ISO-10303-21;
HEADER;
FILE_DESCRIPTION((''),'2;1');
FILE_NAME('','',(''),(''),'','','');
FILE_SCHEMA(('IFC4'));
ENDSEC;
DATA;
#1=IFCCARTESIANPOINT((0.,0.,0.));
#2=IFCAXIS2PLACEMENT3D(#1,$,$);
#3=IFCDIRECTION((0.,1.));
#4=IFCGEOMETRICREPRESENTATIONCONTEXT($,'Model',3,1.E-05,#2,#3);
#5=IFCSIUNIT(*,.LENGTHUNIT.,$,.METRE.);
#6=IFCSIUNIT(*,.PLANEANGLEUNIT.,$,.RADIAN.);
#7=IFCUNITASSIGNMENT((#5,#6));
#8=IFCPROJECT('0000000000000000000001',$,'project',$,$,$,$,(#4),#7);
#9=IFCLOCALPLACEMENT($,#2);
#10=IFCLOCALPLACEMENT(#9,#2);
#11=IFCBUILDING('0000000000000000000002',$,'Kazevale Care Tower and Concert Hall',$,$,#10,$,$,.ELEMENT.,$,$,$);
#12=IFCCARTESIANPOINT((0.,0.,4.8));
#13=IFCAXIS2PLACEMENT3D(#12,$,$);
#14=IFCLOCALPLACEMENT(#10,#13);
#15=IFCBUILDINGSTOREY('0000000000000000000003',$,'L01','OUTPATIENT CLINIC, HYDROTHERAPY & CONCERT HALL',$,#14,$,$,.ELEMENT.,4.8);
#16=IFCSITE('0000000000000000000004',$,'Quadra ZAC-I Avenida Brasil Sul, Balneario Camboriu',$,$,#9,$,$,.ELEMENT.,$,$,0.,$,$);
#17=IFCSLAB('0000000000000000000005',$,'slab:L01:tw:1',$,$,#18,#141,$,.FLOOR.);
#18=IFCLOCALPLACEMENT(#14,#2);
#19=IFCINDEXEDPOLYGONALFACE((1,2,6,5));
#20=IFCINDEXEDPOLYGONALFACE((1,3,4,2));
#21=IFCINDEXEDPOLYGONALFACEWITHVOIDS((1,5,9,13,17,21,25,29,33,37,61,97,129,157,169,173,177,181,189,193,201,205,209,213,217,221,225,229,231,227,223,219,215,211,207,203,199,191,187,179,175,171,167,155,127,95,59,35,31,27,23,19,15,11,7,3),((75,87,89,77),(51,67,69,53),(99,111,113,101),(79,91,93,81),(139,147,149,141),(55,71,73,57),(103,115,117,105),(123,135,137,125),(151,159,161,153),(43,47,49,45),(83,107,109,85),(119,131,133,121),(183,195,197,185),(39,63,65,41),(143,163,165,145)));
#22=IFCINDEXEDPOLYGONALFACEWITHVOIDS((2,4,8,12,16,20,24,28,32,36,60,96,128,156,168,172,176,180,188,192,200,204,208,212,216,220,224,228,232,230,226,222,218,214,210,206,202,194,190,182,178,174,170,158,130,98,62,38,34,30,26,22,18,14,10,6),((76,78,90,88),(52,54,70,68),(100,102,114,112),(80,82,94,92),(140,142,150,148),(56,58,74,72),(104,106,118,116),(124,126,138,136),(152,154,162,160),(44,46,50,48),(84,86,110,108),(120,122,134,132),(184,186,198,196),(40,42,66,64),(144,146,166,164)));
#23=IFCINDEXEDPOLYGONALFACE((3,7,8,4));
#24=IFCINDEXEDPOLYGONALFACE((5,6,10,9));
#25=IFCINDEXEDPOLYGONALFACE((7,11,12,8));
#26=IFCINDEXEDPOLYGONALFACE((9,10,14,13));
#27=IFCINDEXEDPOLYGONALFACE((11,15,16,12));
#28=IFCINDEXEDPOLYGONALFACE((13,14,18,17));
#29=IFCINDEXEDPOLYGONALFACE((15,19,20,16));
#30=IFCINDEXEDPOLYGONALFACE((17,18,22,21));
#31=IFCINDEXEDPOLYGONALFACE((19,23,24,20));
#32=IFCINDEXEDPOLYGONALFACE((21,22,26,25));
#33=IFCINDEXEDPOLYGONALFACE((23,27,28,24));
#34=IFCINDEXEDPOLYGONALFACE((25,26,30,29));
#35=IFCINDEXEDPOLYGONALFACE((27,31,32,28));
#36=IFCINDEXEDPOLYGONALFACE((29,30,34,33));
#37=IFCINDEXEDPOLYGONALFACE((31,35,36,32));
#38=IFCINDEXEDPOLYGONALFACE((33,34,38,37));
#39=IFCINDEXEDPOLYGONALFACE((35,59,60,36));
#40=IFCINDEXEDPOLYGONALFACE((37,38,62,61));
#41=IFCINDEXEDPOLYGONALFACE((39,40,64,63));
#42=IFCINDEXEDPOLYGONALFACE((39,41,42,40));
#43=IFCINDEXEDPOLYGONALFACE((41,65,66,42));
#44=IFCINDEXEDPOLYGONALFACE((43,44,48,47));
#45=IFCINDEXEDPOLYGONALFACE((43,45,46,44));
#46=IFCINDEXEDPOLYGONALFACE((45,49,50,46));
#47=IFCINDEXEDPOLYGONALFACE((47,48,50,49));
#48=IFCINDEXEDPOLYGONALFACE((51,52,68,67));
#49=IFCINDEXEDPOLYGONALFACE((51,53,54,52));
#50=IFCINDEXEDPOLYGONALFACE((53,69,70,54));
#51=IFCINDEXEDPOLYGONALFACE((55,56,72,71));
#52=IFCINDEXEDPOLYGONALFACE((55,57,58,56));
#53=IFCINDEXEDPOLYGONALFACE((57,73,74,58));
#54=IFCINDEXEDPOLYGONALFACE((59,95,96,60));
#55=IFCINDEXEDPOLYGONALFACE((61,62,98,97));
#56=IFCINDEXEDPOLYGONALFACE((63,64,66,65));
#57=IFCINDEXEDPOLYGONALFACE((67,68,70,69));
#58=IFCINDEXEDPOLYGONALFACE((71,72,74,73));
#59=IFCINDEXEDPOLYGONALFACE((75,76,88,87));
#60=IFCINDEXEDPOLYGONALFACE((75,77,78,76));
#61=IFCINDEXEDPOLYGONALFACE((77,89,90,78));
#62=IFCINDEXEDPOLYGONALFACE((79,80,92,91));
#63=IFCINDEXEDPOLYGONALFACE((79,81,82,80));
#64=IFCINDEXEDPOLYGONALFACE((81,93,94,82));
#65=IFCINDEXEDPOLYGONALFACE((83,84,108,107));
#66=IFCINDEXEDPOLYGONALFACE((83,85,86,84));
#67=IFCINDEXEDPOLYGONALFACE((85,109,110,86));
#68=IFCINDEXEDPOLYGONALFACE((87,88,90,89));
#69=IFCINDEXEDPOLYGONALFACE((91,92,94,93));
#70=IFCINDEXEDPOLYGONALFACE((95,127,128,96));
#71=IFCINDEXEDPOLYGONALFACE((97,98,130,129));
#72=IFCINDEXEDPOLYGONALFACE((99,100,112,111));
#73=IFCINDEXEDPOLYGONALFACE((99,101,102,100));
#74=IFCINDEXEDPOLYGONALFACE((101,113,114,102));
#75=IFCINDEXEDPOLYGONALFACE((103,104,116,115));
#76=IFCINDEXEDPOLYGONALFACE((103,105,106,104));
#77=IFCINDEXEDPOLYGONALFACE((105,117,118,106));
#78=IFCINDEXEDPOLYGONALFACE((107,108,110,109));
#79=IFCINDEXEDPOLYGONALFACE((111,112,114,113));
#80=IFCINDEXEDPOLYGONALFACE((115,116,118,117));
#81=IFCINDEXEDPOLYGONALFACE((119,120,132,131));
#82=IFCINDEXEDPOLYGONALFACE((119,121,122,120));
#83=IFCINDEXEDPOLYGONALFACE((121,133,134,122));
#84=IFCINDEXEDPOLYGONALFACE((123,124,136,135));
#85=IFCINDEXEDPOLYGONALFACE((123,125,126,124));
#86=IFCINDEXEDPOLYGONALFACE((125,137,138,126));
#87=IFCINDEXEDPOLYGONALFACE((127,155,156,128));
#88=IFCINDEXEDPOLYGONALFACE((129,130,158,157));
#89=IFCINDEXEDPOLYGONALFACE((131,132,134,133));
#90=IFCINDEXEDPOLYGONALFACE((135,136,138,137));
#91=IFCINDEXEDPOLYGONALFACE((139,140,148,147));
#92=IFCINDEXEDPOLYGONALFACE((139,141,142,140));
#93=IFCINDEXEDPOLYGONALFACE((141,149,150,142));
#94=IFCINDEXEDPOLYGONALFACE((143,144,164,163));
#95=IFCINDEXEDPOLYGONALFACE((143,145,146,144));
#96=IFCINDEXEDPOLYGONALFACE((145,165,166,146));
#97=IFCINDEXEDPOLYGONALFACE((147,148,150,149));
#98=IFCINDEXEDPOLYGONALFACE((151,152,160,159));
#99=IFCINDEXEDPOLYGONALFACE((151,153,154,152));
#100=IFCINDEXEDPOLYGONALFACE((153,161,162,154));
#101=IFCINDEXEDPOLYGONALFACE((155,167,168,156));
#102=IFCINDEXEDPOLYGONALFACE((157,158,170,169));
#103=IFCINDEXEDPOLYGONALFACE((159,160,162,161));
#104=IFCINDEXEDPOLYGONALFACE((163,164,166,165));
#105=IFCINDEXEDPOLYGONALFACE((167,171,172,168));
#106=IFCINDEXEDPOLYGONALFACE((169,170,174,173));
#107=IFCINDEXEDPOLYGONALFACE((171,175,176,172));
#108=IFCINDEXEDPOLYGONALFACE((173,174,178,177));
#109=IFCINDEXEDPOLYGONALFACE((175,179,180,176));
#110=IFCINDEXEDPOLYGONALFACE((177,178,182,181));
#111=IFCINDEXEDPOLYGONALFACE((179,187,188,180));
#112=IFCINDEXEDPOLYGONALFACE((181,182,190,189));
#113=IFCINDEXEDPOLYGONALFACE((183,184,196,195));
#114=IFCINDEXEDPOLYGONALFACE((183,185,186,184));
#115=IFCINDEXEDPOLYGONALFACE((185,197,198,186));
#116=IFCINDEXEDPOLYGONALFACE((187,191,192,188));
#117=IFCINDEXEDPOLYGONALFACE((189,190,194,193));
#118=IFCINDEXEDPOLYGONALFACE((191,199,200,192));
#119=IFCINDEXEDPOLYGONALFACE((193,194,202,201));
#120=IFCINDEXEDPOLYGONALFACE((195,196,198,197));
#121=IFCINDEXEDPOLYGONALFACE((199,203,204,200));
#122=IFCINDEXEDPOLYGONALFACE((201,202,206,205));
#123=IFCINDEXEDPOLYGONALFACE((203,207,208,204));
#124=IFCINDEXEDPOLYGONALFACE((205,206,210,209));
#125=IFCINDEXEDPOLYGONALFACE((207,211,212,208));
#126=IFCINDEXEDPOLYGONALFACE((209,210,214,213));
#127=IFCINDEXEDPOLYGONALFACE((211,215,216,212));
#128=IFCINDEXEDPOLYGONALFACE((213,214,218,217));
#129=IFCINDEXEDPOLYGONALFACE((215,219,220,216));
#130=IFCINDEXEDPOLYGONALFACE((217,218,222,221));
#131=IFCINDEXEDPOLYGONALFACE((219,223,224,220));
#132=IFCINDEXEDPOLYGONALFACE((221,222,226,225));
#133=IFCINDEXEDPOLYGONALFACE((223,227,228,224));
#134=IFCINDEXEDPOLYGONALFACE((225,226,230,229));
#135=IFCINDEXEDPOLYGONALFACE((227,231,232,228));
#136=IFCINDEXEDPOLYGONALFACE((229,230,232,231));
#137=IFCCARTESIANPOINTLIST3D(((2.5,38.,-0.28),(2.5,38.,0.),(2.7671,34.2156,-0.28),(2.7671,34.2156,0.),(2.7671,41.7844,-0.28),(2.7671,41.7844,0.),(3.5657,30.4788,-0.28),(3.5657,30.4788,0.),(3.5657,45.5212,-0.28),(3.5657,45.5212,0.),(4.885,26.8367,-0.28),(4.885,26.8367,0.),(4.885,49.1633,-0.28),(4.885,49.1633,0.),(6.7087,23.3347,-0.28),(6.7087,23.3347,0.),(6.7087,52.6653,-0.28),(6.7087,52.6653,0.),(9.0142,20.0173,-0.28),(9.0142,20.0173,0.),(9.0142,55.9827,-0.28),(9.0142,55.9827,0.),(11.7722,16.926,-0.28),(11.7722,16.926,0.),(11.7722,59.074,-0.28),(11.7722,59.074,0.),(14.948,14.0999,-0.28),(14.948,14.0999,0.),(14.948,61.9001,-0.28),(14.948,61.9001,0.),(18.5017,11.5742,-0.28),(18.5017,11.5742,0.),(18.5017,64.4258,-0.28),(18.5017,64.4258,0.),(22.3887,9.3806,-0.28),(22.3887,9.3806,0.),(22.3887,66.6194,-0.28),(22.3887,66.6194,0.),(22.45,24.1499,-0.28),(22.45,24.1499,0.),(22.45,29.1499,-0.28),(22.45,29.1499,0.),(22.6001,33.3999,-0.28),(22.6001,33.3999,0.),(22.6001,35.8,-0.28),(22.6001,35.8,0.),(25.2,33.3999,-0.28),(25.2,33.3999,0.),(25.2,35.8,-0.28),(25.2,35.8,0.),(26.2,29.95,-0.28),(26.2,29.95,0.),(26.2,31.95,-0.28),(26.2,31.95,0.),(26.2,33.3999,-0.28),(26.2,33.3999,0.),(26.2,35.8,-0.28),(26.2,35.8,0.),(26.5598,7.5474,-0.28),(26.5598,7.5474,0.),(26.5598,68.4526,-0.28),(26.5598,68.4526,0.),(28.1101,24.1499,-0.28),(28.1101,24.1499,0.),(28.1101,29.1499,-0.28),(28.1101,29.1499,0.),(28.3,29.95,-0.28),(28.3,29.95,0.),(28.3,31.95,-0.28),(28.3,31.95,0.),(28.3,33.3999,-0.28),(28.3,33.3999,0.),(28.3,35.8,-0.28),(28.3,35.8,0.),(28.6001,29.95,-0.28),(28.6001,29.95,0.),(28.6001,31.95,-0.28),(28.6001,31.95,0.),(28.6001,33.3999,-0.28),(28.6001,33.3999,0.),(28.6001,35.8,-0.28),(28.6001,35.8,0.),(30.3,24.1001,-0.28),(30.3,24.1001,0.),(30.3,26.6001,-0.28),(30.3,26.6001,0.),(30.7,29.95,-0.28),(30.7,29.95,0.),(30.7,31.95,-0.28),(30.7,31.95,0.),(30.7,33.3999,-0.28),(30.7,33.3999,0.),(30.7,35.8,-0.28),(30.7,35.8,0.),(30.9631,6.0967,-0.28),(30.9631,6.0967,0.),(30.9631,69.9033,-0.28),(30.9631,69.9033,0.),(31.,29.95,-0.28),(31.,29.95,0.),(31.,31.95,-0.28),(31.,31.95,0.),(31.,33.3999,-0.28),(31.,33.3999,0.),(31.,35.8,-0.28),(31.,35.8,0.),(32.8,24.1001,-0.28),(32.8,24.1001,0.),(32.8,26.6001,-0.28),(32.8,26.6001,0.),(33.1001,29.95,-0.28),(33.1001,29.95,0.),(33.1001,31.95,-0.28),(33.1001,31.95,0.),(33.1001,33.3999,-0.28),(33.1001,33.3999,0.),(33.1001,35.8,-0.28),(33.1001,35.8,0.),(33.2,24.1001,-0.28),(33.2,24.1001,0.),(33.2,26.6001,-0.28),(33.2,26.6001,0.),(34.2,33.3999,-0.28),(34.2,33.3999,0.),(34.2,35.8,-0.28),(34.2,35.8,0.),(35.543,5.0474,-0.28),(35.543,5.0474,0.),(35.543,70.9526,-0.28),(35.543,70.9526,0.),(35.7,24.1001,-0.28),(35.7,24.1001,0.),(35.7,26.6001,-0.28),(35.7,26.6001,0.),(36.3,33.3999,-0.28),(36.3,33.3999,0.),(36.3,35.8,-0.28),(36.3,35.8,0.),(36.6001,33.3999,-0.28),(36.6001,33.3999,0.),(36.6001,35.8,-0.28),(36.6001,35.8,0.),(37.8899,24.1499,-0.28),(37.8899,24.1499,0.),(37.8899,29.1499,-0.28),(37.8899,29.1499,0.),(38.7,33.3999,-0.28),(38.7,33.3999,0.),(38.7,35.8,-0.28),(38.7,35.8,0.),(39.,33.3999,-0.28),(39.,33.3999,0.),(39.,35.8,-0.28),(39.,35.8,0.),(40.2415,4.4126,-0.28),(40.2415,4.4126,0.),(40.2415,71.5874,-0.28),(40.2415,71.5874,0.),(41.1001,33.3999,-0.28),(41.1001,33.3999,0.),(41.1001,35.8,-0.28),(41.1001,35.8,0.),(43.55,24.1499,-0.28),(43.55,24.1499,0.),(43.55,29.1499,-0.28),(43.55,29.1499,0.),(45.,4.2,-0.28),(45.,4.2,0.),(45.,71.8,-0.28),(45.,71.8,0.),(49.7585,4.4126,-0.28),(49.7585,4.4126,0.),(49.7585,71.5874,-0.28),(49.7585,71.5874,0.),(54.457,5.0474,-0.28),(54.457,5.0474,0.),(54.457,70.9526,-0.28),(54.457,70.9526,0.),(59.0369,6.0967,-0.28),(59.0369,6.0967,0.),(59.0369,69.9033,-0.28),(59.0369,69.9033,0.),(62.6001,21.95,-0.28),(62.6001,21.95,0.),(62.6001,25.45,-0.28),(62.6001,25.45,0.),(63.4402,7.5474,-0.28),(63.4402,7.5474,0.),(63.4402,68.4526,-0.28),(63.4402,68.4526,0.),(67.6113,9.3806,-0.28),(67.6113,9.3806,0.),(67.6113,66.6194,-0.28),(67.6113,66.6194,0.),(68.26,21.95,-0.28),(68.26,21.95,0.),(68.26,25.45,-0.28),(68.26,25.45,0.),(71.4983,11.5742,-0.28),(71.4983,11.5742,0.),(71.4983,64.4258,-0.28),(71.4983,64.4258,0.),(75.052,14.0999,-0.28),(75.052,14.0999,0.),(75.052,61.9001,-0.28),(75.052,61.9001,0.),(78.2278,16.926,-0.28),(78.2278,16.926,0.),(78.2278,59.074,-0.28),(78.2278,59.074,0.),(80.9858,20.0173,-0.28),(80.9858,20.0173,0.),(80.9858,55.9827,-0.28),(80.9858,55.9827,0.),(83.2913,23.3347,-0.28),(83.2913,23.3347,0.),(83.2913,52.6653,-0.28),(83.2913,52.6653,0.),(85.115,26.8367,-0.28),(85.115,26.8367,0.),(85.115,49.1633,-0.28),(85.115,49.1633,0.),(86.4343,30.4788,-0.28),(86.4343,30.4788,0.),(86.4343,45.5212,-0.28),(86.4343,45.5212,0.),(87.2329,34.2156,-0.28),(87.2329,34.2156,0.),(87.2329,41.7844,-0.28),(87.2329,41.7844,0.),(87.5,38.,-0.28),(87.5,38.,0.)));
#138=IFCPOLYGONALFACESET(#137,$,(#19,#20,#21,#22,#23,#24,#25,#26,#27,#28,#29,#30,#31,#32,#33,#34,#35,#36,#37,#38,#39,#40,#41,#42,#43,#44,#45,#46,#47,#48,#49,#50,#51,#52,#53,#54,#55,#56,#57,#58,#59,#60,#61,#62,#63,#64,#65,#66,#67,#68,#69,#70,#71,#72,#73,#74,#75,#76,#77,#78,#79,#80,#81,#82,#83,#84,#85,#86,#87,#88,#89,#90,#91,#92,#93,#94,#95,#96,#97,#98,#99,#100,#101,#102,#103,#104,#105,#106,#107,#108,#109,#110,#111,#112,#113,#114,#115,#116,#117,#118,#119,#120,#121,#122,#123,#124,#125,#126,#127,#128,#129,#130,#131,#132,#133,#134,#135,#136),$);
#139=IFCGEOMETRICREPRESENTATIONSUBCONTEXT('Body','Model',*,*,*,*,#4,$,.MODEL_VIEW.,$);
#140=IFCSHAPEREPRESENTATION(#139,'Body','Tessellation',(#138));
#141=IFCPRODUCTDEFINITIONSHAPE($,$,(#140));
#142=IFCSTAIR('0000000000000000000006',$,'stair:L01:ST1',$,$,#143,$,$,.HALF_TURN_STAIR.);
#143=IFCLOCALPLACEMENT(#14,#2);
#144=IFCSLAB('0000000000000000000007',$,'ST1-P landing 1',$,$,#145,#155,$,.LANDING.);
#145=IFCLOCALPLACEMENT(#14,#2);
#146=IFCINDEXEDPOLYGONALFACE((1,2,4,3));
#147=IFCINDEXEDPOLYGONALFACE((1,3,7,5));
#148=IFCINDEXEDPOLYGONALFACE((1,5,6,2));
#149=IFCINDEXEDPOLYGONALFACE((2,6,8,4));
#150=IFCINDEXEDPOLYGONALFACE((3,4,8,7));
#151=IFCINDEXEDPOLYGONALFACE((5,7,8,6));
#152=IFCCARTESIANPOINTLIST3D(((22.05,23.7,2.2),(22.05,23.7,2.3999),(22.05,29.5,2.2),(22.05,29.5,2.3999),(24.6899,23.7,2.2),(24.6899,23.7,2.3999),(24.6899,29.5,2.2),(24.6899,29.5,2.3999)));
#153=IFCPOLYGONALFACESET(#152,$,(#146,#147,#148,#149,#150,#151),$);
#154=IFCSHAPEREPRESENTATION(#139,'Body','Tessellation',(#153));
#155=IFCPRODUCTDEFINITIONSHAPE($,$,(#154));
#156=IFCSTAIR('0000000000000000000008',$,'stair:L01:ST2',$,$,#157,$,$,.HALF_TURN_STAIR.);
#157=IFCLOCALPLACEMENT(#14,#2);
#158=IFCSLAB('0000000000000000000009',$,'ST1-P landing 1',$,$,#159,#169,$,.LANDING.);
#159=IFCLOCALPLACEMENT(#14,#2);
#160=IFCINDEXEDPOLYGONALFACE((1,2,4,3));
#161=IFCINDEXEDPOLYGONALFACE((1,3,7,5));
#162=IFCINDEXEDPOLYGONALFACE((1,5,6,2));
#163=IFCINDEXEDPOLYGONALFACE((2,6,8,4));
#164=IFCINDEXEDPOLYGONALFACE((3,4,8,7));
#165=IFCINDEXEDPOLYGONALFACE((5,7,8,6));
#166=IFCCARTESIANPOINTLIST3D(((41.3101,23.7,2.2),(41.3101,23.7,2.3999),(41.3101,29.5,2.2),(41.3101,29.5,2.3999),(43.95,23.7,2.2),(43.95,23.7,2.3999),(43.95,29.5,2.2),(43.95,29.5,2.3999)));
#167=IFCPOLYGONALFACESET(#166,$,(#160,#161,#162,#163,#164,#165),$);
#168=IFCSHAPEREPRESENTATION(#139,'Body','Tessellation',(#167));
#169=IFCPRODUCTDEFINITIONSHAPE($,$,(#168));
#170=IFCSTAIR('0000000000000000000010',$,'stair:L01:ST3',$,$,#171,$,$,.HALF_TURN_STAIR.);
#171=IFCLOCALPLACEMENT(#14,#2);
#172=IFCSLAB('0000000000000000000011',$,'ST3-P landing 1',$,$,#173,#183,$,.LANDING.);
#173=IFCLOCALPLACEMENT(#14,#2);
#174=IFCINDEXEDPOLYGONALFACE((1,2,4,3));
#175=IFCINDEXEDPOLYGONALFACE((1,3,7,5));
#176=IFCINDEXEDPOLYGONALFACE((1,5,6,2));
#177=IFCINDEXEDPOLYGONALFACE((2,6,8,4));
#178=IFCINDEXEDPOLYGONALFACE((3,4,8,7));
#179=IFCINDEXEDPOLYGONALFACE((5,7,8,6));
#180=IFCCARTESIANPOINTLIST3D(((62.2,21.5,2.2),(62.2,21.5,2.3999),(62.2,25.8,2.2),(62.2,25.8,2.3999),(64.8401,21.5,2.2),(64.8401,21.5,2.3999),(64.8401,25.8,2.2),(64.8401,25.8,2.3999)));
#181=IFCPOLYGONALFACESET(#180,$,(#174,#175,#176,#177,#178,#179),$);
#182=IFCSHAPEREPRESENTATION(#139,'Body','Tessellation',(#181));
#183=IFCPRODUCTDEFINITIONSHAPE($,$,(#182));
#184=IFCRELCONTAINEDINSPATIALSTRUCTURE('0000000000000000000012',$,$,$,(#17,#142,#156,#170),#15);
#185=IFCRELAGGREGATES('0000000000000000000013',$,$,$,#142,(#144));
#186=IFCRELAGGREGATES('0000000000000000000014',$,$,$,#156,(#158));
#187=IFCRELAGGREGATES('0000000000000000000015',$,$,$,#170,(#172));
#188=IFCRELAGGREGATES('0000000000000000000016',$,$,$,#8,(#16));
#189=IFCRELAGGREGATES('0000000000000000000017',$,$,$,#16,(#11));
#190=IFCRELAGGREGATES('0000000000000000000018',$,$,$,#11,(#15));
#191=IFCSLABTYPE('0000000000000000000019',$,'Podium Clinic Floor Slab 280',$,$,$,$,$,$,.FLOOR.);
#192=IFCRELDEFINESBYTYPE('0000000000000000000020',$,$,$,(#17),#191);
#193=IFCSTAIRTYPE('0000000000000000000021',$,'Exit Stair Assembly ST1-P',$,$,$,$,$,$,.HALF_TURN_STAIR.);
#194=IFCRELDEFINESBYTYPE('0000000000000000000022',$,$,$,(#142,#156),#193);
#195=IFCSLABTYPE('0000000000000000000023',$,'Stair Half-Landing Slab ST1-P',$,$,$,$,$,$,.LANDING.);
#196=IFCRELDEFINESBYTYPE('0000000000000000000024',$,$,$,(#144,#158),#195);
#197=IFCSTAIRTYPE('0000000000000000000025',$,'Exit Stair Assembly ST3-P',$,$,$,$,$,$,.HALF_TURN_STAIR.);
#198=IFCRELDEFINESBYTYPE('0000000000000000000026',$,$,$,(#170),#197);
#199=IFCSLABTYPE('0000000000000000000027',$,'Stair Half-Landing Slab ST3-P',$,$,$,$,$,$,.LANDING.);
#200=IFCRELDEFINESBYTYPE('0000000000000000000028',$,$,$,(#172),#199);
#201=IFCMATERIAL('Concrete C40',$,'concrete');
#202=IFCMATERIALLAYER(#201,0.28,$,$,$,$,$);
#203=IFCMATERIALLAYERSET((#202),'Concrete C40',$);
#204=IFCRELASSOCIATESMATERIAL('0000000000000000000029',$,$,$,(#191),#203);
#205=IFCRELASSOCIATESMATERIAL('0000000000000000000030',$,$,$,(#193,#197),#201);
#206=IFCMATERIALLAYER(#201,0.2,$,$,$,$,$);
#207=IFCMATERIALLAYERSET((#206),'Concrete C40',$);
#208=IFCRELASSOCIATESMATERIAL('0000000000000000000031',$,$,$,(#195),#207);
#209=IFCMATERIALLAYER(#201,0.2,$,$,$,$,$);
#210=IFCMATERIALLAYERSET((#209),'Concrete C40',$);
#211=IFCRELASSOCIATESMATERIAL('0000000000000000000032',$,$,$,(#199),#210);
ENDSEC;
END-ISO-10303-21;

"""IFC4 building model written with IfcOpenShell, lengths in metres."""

from ifc_helpers import new_model, si_unit, direction, frame, origin, place, context, subcontext, project, spatial, polyline, outline, extrude, material, layer, layer_set, type_object, element, aggregate, save


model = new_model("IFC4")

# Units and contexts
model_context = context("Model", 3, precision=1e-05, world=origin(), true_north=direction((0.0, 1.0)))
body_context = subcontext(model_context, "Body", "Model", "MODEL_VIEW")
ifc_project = project(units=[si_unit("LENGTHUNIT", "METRE"), si_unit("PLANEANGLEUNIT", "RADIAN")], contexts=[model_context])

# Site, building, storey
site_placement = place(None, origin())
site = spatial("IfcSite", under=ifc_project, at=site_placement, Name="Quadra ZAC-I Avenida Brasil Sul, Balneario Camboriu", CompositionType="ELEMENT", RefElevation=0.0)
building_placement = place(site_placement, origin())
building = spatial("IfcBuilding", under=site, at=building_placement, Name="Kazevale Care Tower and Concert Hall", CompositionType="ELEMENT")
storey_placement = place(building_placement, frame((0.0, 0.0, 4.8)))
storey = spatial("IfcBuildingStorey", under=building, at=storey_placement, Name="L01", Description="OUTPATIENT CLINIC, HYDROTHERAPY & CONCERT HALL", CompositionType="ELEMENT", Elevation=4.8)

# Slab
ifc_material_1 = material(Name="Concrete C40", Category="concrete")
ifc_layer_1 = layer(ifc_material_1, 0.28)
ifc_layer_set_1 = layer_set([ifc_layer_1], Name="Concrete C40")
slab_type_1 = type_object("IfcSlabType", Name="Podium Clinic Floor Slab 280", PredefinedType="FLOOR", material=ifc_layer_set_1)
slab_1_placement = place(storey_placement, frame((0.0, 0.0, -0.28)))
element("IfcSlab", 1, at=slab_1_placement, inside=storey, type_object=slab_type_1, Name="slab:L01:tw:1", PredefinedType="FLOOR", context=body_context, shape_type="SweptSolid", body=[
    extrude(outline(polyline([(87.5, 38.0), (87.2329, 41.7844), (86.4343, 45.5212), (85.115, 49.1633), (83.2913, 52.6653), (80.9858, 55.9827), (78.2278, 59.074), (75.052, 61.9001), (71.4983, 64.4258), (67.6113, 66.6194), (63.4402, 68.4526), (59.0369, 69.9033), (54.457, 70.9526), (49.7585, 71.5874), (45.0, 71.8), (40.2415, 71.5874), (35.543, 70.9526), (30.9631, 69.9033), (26.5598, 68.4526), (22.3887, 66.6194), (18.5017, 64.4258), (14.948, 61.9001), (11.7722, 59.074), (9.0142, 55.9827), (6.7087, 52.6653), (4.885, 49.1633), (3.5657, 45.5212), (2.7671, 41.7844), (2.5, 38.0), (2.7671, 34.2156), (3.5657, 30.4788), (4.885, 26.8367), (6.7087, 23.3347), (9.0142, 20.0173), (11.7722, 16.926), (14.948, 14.0999), (18.5017, 11.5742), (22.3887, 9.3806), (26.5598, 7.5474), (30.9631, 6.0967), (35.543, 5.0474), (40.2415, 4.4126), (45.0, 4.2), (49.7585, 4.4126), (54.457, 5.0474), (59.0369, 6.0967), (63.4402, 7.5474), (67.6113, 9.3806), (71.4983, 11.5742), (75.052, 14.0999), (78.2278, 16.926), (80.9858, 20.0173), (83.2913, 23.3347), (85.115, 26.8367), (86.4343, 30.4788), (87.2329, 34.2156), (87.5, 38.0)]), holes=[polyline([(22.45, 24.1499), (28.1101, 24.1499), (28.1101, 29.1499), (22.45, 29.1499), (22.45, 24.1499)]), polyline([(37.8899, 24.1499), (43.55, 24.1499), (43.55, 29.1499), (37.8899, 29.1499), (37.8899, 24.1499)]), polyline([(30.3, 24.1001), (32.8, 24.1001), (32.8, 26.6001), (30.3, 26.6001), (30.3, 24.1001)]), polyline([(33.2, 24.1001), (35.7, 24.1001), (35.7, 26.6001), (33.2, 26.6001), (33.2, 24.1001)]), polyline([(22.6001, 33.3999), (25.2, 33.3999), (25.2, 35.8), (22.6001, 35.8), (22.6001, 33.3999)]), polyline([(26.2, 33.3999), (28.3, 33.3999), (28.3, 35.8), (26.2, 35.8), (26.2, 33.3999)]), polyline([(28.6001, 33.3999), (30.7, 33.3999), (30.7, 35.8), (28.6001, 35.8), (28.6001, 33.3999)]), polyline([(31.0, 33.3999), (33.1001, 33.3999), (33.1001, 35.8), (31.0, 35.8), (31.0, 33.3999)]), polyline([(34.2, 33.3999), (36.3, 33.3999), (36.3, 35.8), (34.2, 35.8), (34.2, 33.3999)]), polyline([(36.6001, 33.3999), (38.7, 33.3999), (38.7, 35.8), (36.6001, 35.8), (36.6001, 33.3999)]), polyline([(39.0, 33.3999), (41.1001, 33.3999), (41.1001, 35.8), (39.0, 35.8), (39.0, 33.3999)]), polyline([(26.2, 29.95), (28.3, 29.95), (28.3, 31.95), (26.2, 31.95), (26.2, 29.95)]), polyline([(28.6001, 29.95), (30.7, 29.95), (30.7, 31.95), (28.6001, 31.95), (28.6001, 29.95)]), polyline([(31.0, 29.95), (33.1001, 29.95), (33.1001, 31.95), (31.0, 31.95), (31.0, 29.95)]), polyline([(62.6001, 21.95), (68.26, 21.95), (68.26, 25.45), (62.6001, 25.45), (62.6001, 21.95)])]), origin(), (0.0, 0.0, 1.0), 0.28),
])

# Stairs, slabs
stair_type_1 = type_object("IfcStairType", Name="Exit Stair Assembly ST1-P", PredefinedType="HALF_TURN_STAIR", material=ifc_material_1)
stair_1_placement = place(storey_placement, origin())
stair_1 = element("IfcStair", 2, at=stair_1_placement, inside=storey, type_object=stair_type_1, Name="stair:L01:ST1", PredefinedType="HALF_TURN_STAIR")
ifc_layer_2 = layer(ifc_material_1, 0.2)
ifc_layer_set_2 = layer_set([ifc_layer_2], Name="Concrete C40")
slab_type_2 = type_object("IfcSlabType", Name="Stair Half-Landing Slab ST1-P", PredefinedType="LANDING", material=ifc_layer_set_2)
slab_2_placement = place(storey_placement, frame((0.0, 0.0, 2.2)))
slab_2 = element("IfcSlab", 3, at=slab_2_placement, type_object=slab_type_2, Name="ST1-P landing 1", PredefinedType="LANDING", context=body_context, shape_type="SweptSolid", body=[
    extrude(outline(polyline([(22.05, 23.7), (24.6899, 23.7), (24.6899, 29.5), (22.05, 29.5), (22.05, 23.7)])), origin(), (0.0, 0.0, 1.0), 0.2),
])
aggregate(stair_1, [slab_2])
stair_2_placement = place(storey_placement, origin())
stair_2 = element("IfcStair", 4, at=stair_2_placement, inside=storey, type_object=stair_type_1, Name="stair:L01:ST2", PredefinedType="HALF_TURN_STAIR")
slab_3_placement = place(storey_placement, frame((0.0, 0.0, 2.2)))
slab_3 = element("IfcSlab", 5, at=slab_3_placement, type_object=slab_type_2, Name="ST1-P landing 1", PredefinedType="LANDING", context=body_context, shape_type="SweptSolid", body=[
    extrude(outline(polyline([(41.3101, 23.7), (43.95, 23.7), (43.95, 29.5), (41.3101, 29.5), (41.3101, 23.7)])), origin(), (0.0, 0.0, 1.0), 0.2),
])
aggregate(stair_2, [slab_3])
stair_type_2 = type_object("IfcStairType", Name="Exit Stair Assembly ST3-P", PredefinedType="HALF_TURN_STAIR", material=ifc_material_1)
stair_3_placement = place(storey_placement, origin())
stair_3 = element("IfcStair", 6, at=stair_3_placement, inside=storey, type_object=stair_type_2, Name="stair:L01:ST3", PredefinedType="HALF_TURN_STAIR")
ifc_layer_3 = layer(ifc_material_1, 0.2)
ifc_layer_set_3 = layer_set([ifc_layer_3], Name="Concrete C40")
slab_type_3 = type_object("IfcSlabType", Name="Stair Half-Landing Slab ST3-P", PredefinedType="LANDING", material=ifc_layer_set_3)
slab_4_placement = place(storey_placement, frame((0.0, 0.0, 2.2)))
slab_4 = element("IfcSlab", 7, at=slab_4_placement, type_object=slab_type_3, Name="ST3-P landing 1", PredefinedType="LANDING", context=body_context, shape_type="SweptSolid", body=[
    extrude(outline(polyline([(62.2, 21.5), (64.8401, 21.5), (64.8401, 25.8), (62.2, 25.8), (62.2, 21.5)])), origin(), (0.0, 0.0, 1.0), 0.2),
])
aggregate(stair_3, [slab_4])

save(model, "model.ifc")
